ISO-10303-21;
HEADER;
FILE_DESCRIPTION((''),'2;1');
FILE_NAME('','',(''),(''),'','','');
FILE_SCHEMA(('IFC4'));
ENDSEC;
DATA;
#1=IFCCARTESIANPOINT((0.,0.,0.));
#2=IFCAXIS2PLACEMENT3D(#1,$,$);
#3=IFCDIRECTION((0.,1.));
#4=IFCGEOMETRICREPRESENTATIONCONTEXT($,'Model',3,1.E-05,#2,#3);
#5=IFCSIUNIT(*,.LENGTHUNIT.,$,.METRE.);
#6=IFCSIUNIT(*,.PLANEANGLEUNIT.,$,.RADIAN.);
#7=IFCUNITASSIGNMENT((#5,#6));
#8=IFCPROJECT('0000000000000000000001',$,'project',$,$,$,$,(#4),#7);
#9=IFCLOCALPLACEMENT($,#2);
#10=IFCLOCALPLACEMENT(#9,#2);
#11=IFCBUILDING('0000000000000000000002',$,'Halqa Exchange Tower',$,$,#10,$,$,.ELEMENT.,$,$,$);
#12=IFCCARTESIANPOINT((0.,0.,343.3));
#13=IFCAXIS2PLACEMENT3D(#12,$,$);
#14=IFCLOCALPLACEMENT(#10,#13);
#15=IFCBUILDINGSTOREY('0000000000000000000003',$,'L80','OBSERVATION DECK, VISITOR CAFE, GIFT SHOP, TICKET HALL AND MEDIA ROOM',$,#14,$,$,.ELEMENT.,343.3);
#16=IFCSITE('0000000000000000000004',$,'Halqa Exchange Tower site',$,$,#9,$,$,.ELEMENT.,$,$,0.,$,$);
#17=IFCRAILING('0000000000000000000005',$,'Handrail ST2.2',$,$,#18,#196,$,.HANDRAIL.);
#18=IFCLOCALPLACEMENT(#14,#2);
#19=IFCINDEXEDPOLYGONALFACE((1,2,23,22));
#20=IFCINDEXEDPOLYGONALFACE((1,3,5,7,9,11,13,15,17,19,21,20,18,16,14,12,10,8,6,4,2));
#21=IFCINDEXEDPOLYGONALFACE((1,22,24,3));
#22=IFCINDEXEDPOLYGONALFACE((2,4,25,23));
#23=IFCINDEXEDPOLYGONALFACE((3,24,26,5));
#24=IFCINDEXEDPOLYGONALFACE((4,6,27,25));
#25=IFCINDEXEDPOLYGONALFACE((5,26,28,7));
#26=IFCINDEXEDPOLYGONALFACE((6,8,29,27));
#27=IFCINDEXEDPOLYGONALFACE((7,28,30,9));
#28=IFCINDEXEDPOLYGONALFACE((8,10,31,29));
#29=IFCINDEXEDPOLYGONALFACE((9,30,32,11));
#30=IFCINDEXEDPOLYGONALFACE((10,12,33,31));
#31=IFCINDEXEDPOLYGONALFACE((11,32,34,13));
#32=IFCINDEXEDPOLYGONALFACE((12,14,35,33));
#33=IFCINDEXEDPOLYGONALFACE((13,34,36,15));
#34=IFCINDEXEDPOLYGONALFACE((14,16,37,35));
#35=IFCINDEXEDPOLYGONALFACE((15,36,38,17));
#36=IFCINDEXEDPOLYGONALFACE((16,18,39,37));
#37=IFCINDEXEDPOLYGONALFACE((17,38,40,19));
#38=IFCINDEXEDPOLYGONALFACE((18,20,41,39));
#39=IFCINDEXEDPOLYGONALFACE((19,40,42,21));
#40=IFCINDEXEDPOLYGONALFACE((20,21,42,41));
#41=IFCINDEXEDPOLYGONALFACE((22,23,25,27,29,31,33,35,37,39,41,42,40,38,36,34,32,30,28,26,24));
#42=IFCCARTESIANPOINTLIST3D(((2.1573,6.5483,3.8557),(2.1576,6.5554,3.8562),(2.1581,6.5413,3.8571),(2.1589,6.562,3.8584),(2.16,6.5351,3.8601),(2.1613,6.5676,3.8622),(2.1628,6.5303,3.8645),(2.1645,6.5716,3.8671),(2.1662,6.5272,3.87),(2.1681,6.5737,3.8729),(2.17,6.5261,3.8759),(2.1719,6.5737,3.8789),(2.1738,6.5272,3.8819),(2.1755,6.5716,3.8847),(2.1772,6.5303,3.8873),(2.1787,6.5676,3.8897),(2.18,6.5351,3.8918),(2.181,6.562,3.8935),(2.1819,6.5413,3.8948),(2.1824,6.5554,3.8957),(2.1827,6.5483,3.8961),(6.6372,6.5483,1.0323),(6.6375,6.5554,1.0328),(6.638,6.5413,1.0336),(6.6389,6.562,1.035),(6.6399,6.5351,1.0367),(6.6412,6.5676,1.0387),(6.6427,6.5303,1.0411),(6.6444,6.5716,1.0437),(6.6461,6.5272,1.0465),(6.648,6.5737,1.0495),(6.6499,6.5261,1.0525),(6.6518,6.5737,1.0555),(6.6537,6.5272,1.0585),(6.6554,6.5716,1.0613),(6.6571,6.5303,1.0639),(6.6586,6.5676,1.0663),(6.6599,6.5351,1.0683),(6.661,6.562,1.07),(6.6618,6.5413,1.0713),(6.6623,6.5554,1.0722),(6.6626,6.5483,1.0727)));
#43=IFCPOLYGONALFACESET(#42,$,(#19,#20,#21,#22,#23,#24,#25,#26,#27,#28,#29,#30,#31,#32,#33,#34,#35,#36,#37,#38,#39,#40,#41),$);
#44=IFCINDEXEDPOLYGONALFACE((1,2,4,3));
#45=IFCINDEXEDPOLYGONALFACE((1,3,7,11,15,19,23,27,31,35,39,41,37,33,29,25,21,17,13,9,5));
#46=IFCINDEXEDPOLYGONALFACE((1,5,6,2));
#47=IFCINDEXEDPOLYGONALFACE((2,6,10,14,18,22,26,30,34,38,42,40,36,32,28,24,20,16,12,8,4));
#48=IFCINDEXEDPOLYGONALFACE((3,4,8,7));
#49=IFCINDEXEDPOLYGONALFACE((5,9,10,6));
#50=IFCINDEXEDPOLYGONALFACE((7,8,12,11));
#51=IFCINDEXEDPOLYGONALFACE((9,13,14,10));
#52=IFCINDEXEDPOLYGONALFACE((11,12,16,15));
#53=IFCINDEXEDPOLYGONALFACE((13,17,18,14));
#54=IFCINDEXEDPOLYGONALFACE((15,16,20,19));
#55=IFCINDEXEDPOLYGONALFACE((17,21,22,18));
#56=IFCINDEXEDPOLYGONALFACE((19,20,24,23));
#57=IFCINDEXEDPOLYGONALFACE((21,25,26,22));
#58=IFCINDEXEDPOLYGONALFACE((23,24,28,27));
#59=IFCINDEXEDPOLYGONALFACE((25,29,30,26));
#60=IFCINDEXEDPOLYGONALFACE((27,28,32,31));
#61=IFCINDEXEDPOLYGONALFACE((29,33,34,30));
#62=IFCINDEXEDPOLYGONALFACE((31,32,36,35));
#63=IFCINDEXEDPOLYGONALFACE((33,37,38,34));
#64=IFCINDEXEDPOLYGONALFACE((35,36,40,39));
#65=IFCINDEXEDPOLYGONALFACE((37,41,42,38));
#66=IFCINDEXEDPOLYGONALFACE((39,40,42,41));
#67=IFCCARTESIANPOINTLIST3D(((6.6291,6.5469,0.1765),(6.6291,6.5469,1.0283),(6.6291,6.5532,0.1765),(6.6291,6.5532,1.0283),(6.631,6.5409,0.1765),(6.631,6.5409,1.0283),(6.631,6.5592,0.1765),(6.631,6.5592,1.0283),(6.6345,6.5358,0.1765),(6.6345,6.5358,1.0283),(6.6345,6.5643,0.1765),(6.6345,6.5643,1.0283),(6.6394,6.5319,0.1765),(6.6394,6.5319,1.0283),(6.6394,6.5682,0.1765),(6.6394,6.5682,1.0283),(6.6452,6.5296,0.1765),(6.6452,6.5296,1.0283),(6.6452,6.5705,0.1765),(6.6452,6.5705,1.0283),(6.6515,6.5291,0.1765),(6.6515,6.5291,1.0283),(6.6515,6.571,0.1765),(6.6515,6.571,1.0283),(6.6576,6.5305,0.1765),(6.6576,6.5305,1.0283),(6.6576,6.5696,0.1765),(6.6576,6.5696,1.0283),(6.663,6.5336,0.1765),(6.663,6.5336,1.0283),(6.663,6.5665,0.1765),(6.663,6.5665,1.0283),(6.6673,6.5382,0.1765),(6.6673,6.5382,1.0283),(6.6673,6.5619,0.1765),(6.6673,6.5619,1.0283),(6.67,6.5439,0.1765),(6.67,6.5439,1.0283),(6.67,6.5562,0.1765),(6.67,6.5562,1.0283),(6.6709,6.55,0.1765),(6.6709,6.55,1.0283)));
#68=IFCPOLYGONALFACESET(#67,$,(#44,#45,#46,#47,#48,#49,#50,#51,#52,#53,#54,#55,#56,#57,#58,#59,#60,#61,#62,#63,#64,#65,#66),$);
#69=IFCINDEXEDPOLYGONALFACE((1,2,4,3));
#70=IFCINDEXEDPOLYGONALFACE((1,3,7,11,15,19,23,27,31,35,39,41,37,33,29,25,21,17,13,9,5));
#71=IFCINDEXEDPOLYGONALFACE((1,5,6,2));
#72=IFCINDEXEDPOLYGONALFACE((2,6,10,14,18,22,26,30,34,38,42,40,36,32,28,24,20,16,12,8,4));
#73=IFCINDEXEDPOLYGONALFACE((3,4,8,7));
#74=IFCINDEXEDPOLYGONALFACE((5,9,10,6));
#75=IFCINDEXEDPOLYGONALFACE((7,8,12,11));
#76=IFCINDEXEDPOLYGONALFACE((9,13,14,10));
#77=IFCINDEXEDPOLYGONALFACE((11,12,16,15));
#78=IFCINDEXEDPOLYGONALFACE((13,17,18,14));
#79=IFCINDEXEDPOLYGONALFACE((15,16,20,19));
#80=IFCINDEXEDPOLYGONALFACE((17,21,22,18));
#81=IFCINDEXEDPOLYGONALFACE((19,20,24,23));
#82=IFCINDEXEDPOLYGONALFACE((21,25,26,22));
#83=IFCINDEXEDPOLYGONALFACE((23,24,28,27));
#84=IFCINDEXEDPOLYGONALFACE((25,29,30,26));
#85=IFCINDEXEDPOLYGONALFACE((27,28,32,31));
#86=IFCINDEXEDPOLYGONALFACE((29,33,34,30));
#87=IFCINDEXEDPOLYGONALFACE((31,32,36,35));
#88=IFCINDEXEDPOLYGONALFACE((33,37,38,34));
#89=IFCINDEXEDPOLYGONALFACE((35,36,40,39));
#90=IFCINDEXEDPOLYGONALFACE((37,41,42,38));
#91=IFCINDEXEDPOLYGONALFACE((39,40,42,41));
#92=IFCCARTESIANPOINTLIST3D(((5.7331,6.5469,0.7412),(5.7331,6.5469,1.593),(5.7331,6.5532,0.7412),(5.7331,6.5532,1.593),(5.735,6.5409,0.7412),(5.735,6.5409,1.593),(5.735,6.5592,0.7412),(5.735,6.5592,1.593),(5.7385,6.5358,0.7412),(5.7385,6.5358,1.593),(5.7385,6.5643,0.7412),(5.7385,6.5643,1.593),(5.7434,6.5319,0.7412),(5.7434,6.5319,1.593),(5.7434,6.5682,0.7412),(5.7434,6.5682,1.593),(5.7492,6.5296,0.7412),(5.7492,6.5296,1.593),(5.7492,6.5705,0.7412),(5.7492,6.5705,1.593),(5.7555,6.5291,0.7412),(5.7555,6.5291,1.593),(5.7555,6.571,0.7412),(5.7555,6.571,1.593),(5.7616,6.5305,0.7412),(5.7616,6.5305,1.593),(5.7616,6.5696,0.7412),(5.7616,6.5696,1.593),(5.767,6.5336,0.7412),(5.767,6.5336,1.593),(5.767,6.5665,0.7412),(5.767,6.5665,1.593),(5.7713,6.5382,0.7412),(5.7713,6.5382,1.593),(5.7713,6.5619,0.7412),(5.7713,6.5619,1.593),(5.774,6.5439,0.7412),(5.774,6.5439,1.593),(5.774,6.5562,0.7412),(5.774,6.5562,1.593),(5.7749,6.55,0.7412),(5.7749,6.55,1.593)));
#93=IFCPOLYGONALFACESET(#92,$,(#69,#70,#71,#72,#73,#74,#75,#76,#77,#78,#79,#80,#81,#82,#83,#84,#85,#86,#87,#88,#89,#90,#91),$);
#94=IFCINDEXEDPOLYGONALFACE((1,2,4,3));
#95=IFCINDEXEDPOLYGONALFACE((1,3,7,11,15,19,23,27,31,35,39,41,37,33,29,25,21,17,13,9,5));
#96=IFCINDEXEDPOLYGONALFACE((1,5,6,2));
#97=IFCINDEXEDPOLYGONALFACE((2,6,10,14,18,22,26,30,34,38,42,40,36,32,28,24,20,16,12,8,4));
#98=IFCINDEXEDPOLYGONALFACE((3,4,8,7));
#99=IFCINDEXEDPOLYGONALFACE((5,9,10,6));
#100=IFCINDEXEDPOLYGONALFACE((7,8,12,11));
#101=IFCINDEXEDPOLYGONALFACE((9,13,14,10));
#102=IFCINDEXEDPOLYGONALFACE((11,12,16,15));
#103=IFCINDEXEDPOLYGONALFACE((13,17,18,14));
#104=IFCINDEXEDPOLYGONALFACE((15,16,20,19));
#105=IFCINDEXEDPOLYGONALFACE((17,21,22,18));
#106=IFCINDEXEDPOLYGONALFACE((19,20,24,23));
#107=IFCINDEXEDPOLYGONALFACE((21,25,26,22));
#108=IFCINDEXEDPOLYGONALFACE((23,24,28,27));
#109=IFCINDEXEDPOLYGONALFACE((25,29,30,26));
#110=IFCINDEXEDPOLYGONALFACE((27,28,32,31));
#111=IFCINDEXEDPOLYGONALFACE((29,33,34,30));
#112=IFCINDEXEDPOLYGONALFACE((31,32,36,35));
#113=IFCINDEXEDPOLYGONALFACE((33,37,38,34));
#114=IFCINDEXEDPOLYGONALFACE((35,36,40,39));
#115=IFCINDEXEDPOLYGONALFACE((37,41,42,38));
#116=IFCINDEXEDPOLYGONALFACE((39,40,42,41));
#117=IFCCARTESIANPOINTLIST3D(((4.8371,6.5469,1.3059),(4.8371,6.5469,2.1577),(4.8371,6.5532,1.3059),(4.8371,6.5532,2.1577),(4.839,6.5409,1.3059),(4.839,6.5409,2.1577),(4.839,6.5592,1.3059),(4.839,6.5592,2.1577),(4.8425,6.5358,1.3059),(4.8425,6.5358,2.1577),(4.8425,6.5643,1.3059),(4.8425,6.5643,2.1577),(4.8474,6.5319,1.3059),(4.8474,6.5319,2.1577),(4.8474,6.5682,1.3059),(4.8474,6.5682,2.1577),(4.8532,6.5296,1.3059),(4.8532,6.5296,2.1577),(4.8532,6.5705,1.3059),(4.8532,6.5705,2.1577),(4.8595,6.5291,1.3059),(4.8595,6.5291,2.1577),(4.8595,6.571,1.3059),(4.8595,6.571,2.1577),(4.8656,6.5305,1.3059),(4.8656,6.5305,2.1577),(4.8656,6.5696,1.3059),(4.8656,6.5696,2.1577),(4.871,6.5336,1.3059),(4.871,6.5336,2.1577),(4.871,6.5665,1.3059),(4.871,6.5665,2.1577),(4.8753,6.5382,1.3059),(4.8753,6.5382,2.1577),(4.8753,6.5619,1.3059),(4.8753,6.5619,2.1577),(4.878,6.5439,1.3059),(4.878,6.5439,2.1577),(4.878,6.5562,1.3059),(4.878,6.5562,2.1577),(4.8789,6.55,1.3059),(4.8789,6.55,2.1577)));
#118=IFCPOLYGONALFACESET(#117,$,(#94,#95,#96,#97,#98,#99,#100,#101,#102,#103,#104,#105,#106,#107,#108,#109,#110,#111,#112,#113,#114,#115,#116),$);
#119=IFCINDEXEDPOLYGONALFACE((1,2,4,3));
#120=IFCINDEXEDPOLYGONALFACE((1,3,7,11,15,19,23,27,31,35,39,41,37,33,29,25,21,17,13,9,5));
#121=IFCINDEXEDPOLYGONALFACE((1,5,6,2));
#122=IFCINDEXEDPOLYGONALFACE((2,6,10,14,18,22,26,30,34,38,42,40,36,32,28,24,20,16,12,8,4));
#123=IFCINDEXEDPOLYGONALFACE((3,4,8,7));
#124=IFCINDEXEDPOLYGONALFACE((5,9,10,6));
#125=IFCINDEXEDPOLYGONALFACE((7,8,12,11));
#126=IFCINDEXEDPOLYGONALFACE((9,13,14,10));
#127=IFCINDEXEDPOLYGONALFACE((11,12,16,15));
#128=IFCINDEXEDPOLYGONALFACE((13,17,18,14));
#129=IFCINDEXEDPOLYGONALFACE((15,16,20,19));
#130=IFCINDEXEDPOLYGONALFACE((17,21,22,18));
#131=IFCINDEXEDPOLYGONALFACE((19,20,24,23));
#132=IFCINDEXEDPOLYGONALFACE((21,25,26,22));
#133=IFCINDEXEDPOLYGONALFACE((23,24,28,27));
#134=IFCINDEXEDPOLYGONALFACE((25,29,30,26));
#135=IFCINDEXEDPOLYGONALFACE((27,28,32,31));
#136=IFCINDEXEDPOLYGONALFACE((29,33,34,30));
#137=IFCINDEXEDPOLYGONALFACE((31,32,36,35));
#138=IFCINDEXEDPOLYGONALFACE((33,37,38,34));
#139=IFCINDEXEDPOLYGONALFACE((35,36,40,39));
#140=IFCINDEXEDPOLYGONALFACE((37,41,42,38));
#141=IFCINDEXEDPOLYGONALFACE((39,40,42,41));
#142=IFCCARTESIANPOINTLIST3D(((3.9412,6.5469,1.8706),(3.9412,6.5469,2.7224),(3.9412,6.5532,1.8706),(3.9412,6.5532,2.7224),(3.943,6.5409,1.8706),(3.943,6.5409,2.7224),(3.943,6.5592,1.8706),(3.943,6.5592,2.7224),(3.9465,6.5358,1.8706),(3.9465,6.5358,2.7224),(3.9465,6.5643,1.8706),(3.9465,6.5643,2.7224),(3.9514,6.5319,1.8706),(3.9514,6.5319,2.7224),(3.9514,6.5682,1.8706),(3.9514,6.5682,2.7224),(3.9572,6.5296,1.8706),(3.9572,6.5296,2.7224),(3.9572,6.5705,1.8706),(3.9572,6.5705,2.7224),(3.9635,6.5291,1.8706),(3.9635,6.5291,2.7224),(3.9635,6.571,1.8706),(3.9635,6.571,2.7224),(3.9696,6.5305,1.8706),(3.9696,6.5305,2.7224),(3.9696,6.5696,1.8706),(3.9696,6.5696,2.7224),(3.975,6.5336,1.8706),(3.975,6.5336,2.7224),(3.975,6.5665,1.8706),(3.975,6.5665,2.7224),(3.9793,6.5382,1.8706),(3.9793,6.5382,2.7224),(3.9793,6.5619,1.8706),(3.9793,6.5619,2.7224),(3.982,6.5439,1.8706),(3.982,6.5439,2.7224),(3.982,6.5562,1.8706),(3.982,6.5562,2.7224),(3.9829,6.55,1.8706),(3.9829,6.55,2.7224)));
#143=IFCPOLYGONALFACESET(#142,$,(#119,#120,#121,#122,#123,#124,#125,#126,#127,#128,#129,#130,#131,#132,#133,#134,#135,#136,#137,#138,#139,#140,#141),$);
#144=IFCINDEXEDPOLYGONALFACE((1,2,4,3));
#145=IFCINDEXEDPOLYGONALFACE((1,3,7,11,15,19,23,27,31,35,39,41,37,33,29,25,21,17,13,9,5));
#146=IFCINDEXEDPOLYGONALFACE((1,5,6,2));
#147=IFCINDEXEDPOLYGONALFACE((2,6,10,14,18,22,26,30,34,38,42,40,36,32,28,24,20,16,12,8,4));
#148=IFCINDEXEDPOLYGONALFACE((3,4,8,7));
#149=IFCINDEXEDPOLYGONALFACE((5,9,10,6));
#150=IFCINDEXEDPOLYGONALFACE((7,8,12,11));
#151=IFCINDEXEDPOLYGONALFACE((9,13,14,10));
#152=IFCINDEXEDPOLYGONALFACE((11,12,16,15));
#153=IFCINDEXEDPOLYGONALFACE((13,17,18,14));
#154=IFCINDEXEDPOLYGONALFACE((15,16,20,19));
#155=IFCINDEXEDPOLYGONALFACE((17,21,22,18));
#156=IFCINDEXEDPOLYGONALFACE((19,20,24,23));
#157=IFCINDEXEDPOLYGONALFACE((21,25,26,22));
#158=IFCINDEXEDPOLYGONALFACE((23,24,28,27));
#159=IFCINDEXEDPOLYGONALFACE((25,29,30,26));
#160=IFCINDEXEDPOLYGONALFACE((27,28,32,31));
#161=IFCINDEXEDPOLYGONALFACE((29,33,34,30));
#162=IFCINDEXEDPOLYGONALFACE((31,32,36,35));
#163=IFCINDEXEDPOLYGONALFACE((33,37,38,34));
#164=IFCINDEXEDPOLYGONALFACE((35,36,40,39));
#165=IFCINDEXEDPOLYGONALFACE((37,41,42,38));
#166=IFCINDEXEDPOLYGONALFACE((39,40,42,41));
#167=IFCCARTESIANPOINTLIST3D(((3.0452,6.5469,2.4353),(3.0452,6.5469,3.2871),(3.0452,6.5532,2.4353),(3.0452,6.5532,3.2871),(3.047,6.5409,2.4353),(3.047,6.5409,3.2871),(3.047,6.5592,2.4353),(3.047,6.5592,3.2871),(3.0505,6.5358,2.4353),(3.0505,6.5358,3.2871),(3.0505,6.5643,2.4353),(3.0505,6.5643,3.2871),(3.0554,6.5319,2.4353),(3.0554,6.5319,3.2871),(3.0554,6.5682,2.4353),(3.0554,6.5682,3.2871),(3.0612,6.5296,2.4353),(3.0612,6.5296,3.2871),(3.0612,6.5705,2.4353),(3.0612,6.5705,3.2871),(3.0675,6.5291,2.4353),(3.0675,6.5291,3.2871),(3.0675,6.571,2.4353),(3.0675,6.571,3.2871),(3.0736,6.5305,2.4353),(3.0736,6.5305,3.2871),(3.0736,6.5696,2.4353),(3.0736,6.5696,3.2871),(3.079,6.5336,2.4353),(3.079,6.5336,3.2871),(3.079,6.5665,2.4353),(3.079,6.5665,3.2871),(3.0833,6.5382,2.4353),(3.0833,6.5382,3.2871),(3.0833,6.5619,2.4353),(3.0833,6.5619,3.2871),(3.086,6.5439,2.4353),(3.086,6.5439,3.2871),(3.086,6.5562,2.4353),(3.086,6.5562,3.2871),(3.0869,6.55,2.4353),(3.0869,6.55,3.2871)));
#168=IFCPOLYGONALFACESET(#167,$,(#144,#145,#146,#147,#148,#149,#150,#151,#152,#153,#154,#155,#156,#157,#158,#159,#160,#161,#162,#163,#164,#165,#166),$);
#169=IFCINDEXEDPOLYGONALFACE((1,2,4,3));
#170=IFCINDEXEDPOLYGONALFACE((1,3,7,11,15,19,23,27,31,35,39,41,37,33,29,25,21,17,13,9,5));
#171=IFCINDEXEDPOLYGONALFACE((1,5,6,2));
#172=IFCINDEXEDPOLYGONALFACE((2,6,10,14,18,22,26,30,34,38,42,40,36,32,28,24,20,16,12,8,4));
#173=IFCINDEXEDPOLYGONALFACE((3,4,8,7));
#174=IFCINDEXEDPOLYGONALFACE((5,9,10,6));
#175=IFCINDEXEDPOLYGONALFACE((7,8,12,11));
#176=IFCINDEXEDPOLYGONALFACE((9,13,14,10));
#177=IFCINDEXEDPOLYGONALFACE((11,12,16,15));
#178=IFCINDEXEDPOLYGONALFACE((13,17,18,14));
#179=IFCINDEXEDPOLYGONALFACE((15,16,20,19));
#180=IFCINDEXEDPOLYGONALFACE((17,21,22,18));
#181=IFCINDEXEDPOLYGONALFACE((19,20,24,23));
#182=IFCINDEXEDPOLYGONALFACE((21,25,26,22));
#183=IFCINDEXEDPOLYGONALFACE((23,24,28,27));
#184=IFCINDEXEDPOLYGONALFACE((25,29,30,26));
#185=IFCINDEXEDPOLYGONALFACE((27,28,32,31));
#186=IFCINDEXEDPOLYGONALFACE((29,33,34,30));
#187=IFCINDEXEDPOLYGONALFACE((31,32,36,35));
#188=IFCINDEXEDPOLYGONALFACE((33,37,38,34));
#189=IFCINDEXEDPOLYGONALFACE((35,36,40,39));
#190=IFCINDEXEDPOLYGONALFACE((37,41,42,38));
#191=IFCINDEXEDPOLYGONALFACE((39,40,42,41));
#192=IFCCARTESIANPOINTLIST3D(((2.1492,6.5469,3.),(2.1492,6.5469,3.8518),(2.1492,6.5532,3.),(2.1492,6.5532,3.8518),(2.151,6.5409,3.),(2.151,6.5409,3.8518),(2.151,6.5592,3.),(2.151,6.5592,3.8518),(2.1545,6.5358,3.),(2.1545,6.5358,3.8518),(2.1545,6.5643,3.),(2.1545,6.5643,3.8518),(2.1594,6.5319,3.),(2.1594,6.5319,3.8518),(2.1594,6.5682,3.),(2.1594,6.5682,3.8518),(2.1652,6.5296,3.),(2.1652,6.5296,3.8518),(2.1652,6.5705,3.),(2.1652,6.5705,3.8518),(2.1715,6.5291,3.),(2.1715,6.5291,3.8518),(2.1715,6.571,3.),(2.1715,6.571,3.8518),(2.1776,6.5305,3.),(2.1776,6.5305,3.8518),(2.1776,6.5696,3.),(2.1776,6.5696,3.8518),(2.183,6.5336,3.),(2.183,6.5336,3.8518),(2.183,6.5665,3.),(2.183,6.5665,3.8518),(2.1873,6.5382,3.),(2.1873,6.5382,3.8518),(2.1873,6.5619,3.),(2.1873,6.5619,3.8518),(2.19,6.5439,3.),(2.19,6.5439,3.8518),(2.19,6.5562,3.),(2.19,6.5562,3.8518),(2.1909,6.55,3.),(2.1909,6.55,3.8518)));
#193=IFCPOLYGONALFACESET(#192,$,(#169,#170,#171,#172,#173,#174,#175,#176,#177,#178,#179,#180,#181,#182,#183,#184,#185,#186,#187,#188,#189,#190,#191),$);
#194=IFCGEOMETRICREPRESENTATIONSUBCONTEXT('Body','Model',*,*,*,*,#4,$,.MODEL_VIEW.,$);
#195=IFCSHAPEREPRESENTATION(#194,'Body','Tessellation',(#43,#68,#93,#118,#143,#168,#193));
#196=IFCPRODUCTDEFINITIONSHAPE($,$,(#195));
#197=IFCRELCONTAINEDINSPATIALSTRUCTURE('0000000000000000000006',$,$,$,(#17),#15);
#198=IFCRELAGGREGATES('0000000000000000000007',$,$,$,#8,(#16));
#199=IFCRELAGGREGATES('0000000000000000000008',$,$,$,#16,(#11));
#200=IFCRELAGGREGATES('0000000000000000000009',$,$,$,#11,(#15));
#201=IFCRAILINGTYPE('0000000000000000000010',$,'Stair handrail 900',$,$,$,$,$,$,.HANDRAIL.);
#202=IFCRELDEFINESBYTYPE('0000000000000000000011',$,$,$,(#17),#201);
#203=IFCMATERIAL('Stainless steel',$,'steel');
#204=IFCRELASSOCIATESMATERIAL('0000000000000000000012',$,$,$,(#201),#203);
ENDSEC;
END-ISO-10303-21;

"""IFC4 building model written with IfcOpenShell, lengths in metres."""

from ifc_helpers import new_model, si_unit, direction, frame, origin, origin_2d, place, context, subcontext, project, spatial, circle, extrude, material, type_object, element, save


model = new_model("IFC4")

# Units and contexts
model_context = context("Model", 3, precision=1e-05, world=origin(), true_north=direction((0.0, 1.0)))
body_context = subcontext(model_context, "Body", "Model", "MODEL_VIEW")
ifc_project = project(units=[si_unit("LENGTHUNIT", "METRE"), si_unit("PLANEANGLEUNIT", "RADIAN")], contexts=[model_context])

# Site, building, storey
site_placement = place(None, origin())
site = spatial("IfcSite", under=ifc_project, at=site_placement, Name="Halqa Exchange Tower site", CompositionType="ELEMENT", RefElevation=0.0)
building_placement = place(site_placement, origin())
building = spatial("IfcBuilding", under=site, at=building_placement, Name="Halqa Exchange Tower", CompositionType="ELEMENT")
storey_placement = place(building_placement, frame((0.0, 0.0, 343.3)))
storey = spatial("IfcBuildingStorey", under=building, at=storey_placement, Name="L80", Description="OBSERVATION DECK, VISITOR CAFE, GIFT SHOP, TICKET HALL AND MEDIA ROOM", CompositionType="ELEMENT", Elevation=343.3)

# Railing
ifc_material_1 = material(Name="Stainless steel", Category="steel")
railing_type_1 = type_object("IfcRailingType", Name="Stair handrail 900", PredefinedType="HANDRAIL", material=ifc_material_1)
railing_1_placement = place(storey_placement, frame((6.6499, 6.55, 0.1765)))
element("IfcRailing", 1, at=railing_1_placement, inside=storey, type_object=railing_type_1, Name="Handrail ST2.2", PredefinedType="HANDRAIL", context=body_context, shape_type="SweptSolid", body=[
    extrude(circle(Radius=0.0239, at=origin_2d()), frame((0.0, 0.0, 0.876), z_axis=(-0.845998, 0.0, 0.533186), x_axis=(0.0, -1.0, 0.0)), (0.0, 0.0, 1.0), 5.2954),
    extrude(circle(Radius=0.021, at=origin_2d()), origin(), (0.0, 0.0, 1.0), 0.8518),
    extrude(circle(Radius=0.021, at=origin_2d()), frame((-0.896, 0.0, 0.5647)), (0.0, 0.0, 1.0), 0.8518),
    extrude(circle(Radius=0.021, at=origin_2d()), frame((-1.792, 0.0, 1.1294)), (0.0, 0.0, 1.0), 0.8518),
    extrude(circle(Radius=0.021, at=origin_2d()), frame((-2.688, 0.0, 1.6941)), (0.0, 0.0, 1.0), 0.8518),
    extrude(circle(Radius=0.021, at=origin_2d()), frame((-3.584, 0.0, 2.2588)), (0.0, 0.0, 1.0), 0.8518),
    extrude(circle(Radius=0.021, at=origin_2d()), frame((-4.48, 0.0, 2.8235)), (0.0, 0.0, 1.0), 0.8518),
])

save(model, "model.ifc")
